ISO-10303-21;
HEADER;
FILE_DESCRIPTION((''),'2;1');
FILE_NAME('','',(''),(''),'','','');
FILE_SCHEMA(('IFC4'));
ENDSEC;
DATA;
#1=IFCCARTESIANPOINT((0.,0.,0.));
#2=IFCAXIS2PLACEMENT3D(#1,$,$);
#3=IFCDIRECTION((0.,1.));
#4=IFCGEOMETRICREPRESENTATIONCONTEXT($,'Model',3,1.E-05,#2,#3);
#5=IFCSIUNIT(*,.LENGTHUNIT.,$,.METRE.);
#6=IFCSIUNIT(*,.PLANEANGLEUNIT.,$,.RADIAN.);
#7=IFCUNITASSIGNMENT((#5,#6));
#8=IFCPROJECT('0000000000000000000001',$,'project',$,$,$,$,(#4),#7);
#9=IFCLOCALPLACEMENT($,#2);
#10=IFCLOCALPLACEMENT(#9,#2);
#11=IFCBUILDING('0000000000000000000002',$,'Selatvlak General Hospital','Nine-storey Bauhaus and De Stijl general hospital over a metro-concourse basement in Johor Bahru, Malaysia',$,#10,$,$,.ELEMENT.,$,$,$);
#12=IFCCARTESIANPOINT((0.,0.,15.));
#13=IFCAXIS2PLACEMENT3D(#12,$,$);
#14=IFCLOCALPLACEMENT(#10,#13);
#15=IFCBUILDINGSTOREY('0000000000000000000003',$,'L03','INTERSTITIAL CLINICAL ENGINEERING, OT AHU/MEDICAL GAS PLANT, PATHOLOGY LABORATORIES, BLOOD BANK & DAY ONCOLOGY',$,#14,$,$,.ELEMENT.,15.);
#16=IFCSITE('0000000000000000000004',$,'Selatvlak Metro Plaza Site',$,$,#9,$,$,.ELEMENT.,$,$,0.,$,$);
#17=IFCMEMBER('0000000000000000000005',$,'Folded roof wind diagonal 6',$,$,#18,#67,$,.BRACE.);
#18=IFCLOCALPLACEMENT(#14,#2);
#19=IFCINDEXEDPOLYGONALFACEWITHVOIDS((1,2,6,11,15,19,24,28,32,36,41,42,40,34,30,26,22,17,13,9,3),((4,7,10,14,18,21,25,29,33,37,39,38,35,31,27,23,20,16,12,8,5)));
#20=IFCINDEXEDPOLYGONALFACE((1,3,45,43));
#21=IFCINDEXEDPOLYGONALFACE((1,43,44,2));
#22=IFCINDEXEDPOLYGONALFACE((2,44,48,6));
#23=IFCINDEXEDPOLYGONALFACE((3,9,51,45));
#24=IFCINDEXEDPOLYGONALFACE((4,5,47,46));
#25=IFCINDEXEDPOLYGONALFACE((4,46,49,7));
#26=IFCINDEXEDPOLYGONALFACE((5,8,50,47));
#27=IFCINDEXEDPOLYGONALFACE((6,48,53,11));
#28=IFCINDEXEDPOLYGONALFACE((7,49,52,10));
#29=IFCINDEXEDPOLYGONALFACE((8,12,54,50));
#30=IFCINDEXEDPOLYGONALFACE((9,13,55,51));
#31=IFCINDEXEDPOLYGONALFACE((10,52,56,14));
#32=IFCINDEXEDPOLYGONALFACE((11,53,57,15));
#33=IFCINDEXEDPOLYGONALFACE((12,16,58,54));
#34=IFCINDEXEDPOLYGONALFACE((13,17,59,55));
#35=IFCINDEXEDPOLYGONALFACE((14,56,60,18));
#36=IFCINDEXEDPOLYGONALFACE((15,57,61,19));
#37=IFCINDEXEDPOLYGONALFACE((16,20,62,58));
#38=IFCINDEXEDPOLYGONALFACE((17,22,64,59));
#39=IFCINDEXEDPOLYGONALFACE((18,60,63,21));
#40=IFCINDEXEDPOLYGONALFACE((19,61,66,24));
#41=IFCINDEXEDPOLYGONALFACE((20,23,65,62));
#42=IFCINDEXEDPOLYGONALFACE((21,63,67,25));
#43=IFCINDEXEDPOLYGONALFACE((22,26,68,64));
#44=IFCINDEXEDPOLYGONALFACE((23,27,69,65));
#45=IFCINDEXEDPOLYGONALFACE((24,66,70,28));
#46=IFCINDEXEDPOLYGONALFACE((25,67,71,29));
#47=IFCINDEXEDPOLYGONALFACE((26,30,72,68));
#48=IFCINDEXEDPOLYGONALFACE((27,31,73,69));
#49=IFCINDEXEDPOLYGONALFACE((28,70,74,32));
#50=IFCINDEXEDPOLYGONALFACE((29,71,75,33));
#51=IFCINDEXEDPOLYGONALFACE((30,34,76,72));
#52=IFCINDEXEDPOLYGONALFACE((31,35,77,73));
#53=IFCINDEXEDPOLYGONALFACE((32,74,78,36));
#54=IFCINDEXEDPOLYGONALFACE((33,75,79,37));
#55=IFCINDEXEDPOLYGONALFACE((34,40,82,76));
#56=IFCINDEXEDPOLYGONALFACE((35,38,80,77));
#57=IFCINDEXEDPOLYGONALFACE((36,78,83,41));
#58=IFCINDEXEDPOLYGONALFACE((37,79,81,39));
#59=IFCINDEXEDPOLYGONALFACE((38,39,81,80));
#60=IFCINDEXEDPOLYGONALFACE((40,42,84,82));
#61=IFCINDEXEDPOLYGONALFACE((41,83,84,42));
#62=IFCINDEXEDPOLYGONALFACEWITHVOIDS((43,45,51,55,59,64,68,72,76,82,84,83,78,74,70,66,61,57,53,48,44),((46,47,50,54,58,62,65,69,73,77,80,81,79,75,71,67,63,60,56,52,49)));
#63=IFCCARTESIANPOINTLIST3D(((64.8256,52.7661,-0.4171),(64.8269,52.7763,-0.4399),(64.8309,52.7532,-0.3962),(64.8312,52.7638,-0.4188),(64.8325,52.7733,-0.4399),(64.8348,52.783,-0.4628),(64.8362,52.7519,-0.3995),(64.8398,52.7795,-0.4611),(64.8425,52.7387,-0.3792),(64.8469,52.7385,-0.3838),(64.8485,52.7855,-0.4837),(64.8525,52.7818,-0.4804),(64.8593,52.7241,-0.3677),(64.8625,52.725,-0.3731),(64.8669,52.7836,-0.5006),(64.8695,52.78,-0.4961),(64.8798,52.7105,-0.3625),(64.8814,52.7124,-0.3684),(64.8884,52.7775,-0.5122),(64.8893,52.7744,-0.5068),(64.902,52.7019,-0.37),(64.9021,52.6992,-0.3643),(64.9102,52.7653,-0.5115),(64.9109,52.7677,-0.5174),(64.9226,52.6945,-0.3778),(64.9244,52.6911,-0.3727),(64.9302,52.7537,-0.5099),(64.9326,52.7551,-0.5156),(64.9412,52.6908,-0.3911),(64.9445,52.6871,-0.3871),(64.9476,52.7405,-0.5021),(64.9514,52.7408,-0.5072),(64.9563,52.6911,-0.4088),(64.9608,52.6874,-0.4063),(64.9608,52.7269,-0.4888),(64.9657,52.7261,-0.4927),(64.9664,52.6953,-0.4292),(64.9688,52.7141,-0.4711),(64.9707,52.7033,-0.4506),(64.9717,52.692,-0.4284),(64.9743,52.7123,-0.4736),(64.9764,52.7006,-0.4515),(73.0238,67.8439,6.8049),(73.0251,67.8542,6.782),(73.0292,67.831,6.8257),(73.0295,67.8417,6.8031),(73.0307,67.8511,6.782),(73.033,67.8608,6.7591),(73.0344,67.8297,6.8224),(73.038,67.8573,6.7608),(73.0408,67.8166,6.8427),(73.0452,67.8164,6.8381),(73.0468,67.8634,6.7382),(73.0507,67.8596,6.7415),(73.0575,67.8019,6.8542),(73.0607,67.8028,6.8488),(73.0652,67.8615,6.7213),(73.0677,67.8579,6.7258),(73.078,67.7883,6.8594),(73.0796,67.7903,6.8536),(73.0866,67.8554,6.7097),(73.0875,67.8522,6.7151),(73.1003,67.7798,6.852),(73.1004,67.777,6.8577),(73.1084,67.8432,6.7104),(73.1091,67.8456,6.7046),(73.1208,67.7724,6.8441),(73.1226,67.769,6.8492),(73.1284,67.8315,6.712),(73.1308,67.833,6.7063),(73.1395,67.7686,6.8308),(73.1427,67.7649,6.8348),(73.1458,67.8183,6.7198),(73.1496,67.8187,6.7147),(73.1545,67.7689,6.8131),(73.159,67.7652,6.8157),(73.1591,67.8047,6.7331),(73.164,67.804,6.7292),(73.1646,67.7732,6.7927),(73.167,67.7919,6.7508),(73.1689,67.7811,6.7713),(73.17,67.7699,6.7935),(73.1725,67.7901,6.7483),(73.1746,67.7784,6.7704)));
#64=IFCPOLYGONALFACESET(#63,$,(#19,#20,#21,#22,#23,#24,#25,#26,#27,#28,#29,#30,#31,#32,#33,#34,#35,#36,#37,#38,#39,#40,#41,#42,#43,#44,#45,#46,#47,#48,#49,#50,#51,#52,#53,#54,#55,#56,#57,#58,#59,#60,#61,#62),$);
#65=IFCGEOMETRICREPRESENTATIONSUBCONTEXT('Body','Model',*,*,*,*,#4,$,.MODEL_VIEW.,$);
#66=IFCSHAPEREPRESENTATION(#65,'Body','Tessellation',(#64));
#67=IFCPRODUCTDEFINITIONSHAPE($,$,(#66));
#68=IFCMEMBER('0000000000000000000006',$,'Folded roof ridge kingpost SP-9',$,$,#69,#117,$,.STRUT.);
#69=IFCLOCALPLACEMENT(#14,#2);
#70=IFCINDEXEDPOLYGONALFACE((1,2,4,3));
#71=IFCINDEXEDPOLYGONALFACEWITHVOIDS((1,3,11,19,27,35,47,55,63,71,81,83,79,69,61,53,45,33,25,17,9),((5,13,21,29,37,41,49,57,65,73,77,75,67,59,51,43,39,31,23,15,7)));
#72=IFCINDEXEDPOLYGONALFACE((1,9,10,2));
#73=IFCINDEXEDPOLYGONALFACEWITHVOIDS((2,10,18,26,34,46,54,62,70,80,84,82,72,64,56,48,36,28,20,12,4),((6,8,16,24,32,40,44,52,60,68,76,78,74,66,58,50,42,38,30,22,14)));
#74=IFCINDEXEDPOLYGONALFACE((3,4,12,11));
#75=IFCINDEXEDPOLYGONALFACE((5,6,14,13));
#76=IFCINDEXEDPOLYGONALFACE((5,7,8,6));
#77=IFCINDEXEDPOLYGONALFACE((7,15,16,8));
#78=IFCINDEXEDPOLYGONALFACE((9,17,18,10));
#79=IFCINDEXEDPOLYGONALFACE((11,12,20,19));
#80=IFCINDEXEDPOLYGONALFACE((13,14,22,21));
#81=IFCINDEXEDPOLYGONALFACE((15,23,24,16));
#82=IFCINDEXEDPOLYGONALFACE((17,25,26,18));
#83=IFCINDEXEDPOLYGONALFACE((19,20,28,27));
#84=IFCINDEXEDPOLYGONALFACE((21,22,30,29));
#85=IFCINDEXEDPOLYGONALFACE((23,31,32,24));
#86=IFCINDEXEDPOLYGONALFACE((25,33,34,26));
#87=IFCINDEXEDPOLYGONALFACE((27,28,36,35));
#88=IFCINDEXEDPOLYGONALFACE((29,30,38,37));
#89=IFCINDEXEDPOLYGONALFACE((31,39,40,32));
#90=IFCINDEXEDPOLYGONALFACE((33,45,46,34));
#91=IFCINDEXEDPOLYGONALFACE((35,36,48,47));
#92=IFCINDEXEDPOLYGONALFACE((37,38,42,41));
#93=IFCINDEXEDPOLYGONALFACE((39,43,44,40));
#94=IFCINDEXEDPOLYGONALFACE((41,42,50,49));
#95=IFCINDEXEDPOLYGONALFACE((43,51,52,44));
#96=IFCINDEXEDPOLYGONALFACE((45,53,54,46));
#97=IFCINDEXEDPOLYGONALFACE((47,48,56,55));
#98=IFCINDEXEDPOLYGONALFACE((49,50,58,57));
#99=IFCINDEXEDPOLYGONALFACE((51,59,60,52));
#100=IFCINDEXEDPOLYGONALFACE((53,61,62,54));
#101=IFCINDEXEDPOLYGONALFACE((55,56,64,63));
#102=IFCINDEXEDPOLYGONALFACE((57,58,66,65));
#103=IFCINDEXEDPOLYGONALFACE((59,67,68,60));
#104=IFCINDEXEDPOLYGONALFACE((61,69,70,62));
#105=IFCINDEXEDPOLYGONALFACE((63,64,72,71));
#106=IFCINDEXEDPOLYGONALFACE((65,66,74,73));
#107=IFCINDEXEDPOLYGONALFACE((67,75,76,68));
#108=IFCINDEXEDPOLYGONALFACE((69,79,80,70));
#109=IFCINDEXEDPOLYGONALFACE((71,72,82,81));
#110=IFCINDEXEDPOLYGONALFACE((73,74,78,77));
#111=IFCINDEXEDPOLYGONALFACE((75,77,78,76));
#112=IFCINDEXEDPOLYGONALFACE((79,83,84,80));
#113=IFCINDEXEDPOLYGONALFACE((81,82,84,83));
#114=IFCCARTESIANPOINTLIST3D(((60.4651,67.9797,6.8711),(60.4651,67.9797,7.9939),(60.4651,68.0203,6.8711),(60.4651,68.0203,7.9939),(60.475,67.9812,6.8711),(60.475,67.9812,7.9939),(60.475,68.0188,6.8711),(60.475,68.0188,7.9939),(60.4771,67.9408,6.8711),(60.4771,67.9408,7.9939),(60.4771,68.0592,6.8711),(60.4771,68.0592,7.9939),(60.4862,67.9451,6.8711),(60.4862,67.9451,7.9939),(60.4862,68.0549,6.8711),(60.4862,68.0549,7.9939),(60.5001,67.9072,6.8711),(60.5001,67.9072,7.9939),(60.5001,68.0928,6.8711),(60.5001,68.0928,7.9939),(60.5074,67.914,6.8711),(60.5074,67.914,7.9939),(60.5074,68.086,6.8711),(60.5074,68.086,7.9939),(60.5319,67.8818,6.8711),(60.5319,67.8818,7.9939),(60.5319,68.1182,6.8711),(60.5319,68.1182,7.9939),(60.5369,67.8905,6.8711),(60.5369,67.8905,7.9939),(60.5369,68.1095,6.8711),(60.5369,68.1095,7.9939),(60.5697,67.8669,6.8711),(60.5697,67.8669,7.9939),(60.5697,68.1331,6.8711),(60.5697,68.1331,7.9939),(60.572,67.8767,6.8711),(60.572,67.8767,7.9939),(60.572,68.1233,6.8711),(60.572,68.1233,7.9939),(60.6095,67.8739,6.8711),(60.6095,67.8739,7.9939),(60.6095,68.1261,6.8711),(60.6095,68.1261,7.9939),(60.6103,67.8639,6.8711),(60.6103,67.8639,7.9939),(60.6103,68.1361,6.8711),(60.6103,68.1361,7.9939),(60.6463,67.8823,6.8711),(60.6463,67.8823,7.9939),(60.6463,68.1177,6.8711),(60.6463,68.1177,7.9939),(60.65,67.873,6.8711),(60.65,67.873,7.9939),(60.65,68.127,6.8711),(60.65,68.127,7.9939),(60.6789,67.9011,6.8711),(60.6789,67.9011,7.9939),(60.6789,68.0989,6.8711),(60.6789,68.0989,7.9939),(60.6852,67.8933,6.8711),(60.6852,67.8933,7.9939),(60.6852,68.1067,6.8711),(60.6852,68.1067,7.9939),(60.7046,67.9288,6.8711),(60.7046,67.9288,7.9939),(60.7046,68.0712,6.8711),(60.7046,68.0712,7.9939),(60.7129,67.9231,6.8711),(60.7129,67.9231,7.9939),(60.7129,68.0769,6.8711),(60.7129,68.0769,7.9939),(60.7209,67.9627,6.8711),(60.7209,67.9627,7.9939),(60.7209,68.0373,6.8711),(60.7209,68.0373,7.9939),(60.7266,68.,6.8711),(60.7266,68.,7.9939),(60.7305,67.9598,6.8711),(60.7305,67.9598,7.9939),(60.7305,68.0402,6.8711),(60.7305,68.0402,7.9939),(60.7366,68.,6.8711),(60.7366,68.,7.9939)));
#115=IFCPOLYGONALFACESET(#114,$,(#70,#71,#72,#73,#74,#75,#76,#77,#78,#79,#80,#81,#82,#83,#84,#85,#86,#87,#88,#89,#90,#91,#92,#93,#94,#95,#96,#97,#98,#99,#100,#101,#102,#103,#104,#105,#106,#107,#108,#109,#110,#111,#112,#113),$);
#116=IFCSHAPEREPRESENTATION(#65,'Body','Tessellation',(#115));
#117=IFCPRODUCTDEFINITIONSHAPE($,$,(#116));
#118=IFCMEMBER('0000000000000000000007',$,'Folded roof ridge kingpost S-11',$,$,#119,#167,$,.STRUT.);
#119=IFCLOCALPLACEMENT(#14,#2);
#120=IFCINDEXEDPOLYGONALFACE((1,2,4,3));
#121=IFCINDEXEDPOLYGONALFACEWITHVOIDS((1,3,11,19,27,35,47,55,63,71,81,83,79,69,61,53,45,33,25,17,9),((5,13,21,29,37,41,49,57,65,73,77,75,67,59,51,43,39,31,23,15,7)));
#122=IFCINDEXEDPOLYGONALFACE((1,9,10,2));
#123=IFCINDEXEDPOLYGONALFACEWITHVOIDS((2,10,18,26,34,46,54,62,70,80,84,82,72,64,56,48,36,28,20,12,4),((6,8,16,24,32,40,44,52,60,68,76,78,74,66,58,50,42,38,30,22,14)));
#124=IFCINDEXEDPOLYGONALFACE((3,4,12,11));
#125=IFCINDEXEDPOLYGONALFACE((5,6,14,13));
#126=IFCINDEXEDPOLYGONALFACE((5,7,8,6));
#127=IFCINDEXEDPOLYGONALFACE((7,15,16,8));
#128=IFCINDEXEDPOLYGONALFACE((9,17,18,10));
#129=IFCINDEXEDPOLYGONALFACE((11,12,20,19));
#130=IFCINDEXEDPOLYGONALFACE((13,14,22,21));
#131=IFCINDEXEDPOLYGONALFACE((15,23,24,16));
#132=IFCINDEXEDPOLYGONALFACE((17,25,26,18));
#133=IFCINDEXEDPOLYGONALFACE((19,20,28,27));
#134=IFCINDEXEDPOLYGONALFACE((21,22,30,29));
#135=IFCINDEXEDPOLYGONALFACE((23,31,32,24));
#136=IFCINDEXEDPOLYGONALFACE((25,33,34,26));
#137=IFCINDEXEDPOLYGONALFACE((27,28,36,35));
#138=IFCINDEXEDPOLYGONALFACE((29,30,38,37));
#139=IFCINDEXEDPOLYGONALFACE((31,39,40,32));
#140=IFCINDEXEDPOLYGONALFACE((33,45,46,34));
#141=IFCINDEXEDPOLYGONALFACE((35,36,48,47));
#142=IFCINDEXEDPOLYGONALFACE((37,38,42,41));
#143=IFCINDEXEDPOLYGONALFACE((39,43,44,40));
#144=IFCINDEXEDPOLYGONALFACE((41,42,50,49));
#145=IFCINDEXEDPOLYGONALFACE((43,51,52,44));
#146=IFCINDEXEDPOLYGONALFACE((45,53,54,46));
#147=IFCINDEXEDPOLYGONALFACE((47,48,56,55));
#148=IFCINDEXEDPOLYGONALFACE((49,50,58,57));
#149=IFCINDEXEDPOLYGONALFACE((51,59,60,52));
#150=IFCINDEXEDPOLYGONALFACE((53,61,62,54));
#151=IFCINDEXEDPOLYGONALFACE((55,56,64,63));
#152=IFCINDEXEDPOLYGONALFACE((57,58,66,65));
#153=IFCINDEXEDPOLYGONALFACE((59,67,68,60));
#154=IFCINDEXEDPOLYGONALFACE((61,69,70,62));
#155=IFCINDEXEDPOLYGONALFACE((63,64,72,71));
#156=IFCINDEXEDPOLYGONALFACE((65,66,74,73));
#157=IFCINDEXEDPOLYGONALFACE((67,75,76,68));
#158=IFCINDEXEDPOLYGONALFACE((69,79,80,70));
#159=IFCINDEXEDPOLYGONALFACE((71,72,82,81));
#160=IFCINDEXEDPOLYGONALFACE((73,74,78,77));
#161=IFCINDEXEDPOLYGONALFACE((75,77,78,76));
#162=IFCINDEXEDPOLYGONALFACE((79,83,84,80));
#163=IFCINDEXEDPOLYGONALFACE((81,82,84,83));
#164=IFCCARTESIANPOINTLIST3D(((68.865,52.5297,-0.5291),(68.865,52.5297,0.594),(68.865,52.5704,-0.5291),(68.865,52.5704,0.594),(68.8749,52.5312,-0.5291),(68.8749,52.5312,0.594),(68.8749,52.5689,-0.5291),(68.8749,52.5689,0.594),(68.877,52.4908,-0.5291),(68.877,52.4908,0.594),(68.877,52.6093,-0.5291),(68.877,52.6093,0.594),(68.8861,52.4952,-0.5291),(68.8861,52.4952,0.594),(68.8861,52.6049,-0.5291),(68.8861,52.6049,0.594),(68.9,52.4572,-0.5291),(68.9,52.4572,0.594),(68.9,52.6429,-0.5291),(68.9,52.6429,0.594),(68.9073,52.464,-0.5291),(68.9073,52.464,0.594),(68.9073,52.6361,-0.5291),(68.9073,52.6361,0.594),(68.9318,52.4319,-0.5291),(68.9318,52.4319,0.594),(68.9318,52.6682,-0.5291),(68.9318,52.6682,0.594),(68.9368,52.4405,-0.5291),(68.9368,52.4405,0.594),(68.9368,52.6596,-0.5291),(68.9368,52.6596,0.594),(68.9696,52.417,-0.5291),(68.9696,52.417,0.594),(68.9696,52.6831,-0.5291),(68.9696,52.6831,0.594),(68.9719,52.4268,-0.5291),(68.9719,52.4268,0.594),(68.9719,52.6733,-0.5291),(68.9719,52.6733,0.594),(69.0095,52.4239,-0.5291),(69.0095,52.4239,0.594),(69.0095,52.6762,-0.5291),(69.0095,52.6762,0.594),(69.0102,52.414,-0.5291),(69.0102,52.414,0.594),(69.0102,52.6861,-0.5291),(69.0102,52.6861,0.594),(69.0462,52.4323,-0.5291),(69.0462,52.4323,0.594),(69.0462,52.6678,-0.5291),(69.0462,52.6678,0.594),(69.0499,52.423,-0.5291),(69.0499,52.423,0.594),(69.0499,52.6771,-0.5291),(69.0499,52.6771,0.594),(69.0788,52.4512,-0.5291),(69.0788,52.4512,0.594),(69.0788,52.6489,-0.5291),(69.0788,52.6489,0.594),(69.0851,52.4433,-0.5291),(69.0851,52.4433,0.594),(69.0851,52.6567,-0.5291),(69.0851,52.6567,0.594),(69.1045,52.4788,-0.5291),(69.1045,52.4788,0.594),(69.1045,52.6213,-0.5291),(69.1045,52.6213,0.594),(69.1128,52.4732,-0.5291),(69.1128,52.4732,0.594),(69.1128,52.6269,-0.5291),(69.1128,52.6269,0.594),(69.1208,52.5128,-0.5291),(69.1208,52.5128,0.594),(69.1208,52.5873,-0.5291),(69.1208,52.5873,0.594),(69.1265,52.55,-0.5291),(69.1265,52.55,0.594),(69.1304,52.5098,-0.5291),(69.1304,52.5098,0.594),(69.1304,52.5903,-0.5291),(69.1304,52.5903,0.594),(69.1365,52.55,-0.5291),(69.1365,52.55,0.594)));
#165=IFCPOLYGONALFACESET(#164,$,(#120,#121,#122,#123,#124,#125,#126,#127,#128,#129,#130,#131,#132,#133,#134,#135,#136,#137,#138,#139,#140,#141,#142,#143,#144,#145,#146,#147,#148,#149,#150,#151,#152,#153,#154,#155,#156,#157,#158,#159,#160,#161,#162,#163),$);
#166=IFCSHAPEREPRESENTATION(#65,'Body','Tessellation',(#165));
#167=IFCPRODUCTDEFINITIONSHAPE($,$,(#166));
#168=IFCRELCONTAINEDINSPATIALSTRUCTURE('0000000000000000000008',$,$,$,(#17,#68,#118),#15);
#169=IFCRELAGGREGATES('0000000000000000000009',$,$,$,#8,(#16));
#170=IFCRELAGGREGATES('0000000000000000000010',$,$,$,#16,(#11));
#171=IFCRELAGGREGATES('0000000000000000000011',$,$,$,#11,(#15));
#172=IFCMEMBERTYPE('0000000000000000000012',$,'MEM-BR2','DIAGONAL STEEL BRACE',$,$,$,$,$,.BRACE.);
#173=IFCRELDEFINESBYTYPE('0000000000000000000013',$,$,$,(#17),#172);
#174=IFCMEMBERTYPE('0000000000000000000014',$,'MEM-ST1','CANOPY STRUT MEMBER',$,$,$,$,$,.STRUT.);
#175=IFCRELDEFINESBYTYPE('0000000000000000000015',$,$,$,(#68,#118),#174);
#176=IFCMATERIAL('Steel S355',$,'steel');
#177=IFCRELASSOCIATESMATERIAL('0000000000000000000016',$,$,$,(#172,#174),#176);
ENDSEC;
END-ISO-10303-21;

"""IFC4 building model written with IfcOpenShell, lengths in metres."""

from ifc_helpers import new_model, si_unit, direction, frame, origin, origin_2d, place, context, subcontext, project, spatial, hollow_circle, extrude, material, material_profile, profile_set, type_object, element, save


model = new_model("IFC4")

# Units and contexts
model_context = context("Model", 3, precision=1e-05, world=origin(), true_north=direction((0.0, 1.0)))
body_context = subcontext(model_context, "Body", "Model", "MODEL_VIEW")
ifc_project = project(units=[si_unit("LENGTHUNIT", "METRE"), si_unit("PLANEANGLEUNIT", "RADIAN")], contexts=[model_context])

# Site, building, storey
site_placement = place(None, origin())
site = spatial("IfcSite", under=ifc_project, at=site_placement, Name="Selatvlak Metro Plaza Site", CompositionType="ELEMENT", RefElevation=0.0)
building_placement = place(site_placement, origin())
building = spatial("IfcBuilding", under=site, at=building_placement, Name="Selatvlak General Hospital", Description="Nine-storey Bauhaus and De Stijl general hospital over a metro-concourse basement in Johor Bahru, Malaysia", CompositionType="ELEMENT")
storey_placement = place(building_placement, frame((0.0, 0.0, 15.0)))
storey = spatial("IfcBuildingStorey", under=building, at=storey_placement, Name="L03", Description="INTERSTITIAL CLINICAL ENGINEERING, OT AHU/MEDICAL GAS PLANT, PATHOLOGY LABORATORIES, BLOOD BANK & DAY ONCOLOGY", CompositionType="ELEMENT", Elevation=15.0)

# Shared definitions
ifc_material = material(Name="Steel S355", Category="steel")

# Members
ifc_material_profile_1 = material_profile(ifc_material, hollow_circle(Radius=0.0842, WallThickness=0.0063, at=origin_2d()), Name="CHS 168.3x6.3")
ifc_profile_set_1 = profile_set([ifc_material_profile_1], Name="Steel S355")
member_type_1 = type_object("IfcMemberType", Name="MEM-BR2", Description="DIAGONAL STEEL BRACE", PredefinedType="BRACE", material=ifc_profile_set_1)
for number, where, z_axis, x_axis, name in (
    (1, (64.9009, 52.7361, -0.4399), (0.440289, 0.809762, 0.387855), (-0.878533, 0.477682, 0.0), "Folded roof wind diagonal 6"),
):
    element("IfcMember", number, at=place(storey_placement, frame(where, z_axis=z_axis, x_axis=x_axis)), inside=storey, type_object=member_type_1, Name=name, PredefinedType="BRACE", context=body_context, shape_type="SweptSolid", body=[
        extrude(hollow_circle(Radius=0.0842, WallThickness=0.0063, at=origin_2d()), origin(), (0.0, 0.0, 1.0), 18.6201),
    ])
ifc_material_profile_2 = material_profile(ifc_material, hollow_circle(Radius=0.1365, WallThickness=0.01, at=origin_2d()), Name="CHS 273.0x10")
ifc_profile_set_2 = profile_set([ifc_material_profile_2], Name="Steel S355")
member_type_2 = type_object("IfcMemberType", Name="MEM-ST1", Description="CANOPY STRUT MEMBER", PredefinedType="STRUT", material=ifc_profile_set_2)
member_1_placement = place(storey_placement, frame((60.6001, 68.0, 6.8711), z_axis=(0.0, 0.0, 1.0), x_axis=(1.0, 0.0, 0.0)))
element("IfcMember", 2, at=member_1_placement, inside=storey, type_object=member_type_2, Name="Folded roof ridge kingpost SP-9", PredefinedType="STRUT", context=body_context, shape_type="SweptSolid", body=[
    extrude(hollow_circle(Radius=0.1365, WallThickness=0.01, at=origin_2d()), origin(), (0.0, 0.0, 1.0), 1.1228),
])
member_2_placement = place(storey_placement, frame((69.0, 52.55, -0.5291), z_axis=(0.0, 0.0, 1.0), x_axis=(1.0, 0.0, 0.0)))
element("IfcMember", 3, at=member_2_placement, inside=storey, type_object=member_type_2, Name="Folded roof ridge kingpost S-11", PredefinedType="STRUT", context=body_context, shape_type="SweptSolid", body=[
    extrude(hollow_circle(Radius=0.1365, WallThickness=0.01, at=origin_2d()), origin(), (0.0, 0.0, 1.0), 1.123),
])

save(model, "model.ifc")
